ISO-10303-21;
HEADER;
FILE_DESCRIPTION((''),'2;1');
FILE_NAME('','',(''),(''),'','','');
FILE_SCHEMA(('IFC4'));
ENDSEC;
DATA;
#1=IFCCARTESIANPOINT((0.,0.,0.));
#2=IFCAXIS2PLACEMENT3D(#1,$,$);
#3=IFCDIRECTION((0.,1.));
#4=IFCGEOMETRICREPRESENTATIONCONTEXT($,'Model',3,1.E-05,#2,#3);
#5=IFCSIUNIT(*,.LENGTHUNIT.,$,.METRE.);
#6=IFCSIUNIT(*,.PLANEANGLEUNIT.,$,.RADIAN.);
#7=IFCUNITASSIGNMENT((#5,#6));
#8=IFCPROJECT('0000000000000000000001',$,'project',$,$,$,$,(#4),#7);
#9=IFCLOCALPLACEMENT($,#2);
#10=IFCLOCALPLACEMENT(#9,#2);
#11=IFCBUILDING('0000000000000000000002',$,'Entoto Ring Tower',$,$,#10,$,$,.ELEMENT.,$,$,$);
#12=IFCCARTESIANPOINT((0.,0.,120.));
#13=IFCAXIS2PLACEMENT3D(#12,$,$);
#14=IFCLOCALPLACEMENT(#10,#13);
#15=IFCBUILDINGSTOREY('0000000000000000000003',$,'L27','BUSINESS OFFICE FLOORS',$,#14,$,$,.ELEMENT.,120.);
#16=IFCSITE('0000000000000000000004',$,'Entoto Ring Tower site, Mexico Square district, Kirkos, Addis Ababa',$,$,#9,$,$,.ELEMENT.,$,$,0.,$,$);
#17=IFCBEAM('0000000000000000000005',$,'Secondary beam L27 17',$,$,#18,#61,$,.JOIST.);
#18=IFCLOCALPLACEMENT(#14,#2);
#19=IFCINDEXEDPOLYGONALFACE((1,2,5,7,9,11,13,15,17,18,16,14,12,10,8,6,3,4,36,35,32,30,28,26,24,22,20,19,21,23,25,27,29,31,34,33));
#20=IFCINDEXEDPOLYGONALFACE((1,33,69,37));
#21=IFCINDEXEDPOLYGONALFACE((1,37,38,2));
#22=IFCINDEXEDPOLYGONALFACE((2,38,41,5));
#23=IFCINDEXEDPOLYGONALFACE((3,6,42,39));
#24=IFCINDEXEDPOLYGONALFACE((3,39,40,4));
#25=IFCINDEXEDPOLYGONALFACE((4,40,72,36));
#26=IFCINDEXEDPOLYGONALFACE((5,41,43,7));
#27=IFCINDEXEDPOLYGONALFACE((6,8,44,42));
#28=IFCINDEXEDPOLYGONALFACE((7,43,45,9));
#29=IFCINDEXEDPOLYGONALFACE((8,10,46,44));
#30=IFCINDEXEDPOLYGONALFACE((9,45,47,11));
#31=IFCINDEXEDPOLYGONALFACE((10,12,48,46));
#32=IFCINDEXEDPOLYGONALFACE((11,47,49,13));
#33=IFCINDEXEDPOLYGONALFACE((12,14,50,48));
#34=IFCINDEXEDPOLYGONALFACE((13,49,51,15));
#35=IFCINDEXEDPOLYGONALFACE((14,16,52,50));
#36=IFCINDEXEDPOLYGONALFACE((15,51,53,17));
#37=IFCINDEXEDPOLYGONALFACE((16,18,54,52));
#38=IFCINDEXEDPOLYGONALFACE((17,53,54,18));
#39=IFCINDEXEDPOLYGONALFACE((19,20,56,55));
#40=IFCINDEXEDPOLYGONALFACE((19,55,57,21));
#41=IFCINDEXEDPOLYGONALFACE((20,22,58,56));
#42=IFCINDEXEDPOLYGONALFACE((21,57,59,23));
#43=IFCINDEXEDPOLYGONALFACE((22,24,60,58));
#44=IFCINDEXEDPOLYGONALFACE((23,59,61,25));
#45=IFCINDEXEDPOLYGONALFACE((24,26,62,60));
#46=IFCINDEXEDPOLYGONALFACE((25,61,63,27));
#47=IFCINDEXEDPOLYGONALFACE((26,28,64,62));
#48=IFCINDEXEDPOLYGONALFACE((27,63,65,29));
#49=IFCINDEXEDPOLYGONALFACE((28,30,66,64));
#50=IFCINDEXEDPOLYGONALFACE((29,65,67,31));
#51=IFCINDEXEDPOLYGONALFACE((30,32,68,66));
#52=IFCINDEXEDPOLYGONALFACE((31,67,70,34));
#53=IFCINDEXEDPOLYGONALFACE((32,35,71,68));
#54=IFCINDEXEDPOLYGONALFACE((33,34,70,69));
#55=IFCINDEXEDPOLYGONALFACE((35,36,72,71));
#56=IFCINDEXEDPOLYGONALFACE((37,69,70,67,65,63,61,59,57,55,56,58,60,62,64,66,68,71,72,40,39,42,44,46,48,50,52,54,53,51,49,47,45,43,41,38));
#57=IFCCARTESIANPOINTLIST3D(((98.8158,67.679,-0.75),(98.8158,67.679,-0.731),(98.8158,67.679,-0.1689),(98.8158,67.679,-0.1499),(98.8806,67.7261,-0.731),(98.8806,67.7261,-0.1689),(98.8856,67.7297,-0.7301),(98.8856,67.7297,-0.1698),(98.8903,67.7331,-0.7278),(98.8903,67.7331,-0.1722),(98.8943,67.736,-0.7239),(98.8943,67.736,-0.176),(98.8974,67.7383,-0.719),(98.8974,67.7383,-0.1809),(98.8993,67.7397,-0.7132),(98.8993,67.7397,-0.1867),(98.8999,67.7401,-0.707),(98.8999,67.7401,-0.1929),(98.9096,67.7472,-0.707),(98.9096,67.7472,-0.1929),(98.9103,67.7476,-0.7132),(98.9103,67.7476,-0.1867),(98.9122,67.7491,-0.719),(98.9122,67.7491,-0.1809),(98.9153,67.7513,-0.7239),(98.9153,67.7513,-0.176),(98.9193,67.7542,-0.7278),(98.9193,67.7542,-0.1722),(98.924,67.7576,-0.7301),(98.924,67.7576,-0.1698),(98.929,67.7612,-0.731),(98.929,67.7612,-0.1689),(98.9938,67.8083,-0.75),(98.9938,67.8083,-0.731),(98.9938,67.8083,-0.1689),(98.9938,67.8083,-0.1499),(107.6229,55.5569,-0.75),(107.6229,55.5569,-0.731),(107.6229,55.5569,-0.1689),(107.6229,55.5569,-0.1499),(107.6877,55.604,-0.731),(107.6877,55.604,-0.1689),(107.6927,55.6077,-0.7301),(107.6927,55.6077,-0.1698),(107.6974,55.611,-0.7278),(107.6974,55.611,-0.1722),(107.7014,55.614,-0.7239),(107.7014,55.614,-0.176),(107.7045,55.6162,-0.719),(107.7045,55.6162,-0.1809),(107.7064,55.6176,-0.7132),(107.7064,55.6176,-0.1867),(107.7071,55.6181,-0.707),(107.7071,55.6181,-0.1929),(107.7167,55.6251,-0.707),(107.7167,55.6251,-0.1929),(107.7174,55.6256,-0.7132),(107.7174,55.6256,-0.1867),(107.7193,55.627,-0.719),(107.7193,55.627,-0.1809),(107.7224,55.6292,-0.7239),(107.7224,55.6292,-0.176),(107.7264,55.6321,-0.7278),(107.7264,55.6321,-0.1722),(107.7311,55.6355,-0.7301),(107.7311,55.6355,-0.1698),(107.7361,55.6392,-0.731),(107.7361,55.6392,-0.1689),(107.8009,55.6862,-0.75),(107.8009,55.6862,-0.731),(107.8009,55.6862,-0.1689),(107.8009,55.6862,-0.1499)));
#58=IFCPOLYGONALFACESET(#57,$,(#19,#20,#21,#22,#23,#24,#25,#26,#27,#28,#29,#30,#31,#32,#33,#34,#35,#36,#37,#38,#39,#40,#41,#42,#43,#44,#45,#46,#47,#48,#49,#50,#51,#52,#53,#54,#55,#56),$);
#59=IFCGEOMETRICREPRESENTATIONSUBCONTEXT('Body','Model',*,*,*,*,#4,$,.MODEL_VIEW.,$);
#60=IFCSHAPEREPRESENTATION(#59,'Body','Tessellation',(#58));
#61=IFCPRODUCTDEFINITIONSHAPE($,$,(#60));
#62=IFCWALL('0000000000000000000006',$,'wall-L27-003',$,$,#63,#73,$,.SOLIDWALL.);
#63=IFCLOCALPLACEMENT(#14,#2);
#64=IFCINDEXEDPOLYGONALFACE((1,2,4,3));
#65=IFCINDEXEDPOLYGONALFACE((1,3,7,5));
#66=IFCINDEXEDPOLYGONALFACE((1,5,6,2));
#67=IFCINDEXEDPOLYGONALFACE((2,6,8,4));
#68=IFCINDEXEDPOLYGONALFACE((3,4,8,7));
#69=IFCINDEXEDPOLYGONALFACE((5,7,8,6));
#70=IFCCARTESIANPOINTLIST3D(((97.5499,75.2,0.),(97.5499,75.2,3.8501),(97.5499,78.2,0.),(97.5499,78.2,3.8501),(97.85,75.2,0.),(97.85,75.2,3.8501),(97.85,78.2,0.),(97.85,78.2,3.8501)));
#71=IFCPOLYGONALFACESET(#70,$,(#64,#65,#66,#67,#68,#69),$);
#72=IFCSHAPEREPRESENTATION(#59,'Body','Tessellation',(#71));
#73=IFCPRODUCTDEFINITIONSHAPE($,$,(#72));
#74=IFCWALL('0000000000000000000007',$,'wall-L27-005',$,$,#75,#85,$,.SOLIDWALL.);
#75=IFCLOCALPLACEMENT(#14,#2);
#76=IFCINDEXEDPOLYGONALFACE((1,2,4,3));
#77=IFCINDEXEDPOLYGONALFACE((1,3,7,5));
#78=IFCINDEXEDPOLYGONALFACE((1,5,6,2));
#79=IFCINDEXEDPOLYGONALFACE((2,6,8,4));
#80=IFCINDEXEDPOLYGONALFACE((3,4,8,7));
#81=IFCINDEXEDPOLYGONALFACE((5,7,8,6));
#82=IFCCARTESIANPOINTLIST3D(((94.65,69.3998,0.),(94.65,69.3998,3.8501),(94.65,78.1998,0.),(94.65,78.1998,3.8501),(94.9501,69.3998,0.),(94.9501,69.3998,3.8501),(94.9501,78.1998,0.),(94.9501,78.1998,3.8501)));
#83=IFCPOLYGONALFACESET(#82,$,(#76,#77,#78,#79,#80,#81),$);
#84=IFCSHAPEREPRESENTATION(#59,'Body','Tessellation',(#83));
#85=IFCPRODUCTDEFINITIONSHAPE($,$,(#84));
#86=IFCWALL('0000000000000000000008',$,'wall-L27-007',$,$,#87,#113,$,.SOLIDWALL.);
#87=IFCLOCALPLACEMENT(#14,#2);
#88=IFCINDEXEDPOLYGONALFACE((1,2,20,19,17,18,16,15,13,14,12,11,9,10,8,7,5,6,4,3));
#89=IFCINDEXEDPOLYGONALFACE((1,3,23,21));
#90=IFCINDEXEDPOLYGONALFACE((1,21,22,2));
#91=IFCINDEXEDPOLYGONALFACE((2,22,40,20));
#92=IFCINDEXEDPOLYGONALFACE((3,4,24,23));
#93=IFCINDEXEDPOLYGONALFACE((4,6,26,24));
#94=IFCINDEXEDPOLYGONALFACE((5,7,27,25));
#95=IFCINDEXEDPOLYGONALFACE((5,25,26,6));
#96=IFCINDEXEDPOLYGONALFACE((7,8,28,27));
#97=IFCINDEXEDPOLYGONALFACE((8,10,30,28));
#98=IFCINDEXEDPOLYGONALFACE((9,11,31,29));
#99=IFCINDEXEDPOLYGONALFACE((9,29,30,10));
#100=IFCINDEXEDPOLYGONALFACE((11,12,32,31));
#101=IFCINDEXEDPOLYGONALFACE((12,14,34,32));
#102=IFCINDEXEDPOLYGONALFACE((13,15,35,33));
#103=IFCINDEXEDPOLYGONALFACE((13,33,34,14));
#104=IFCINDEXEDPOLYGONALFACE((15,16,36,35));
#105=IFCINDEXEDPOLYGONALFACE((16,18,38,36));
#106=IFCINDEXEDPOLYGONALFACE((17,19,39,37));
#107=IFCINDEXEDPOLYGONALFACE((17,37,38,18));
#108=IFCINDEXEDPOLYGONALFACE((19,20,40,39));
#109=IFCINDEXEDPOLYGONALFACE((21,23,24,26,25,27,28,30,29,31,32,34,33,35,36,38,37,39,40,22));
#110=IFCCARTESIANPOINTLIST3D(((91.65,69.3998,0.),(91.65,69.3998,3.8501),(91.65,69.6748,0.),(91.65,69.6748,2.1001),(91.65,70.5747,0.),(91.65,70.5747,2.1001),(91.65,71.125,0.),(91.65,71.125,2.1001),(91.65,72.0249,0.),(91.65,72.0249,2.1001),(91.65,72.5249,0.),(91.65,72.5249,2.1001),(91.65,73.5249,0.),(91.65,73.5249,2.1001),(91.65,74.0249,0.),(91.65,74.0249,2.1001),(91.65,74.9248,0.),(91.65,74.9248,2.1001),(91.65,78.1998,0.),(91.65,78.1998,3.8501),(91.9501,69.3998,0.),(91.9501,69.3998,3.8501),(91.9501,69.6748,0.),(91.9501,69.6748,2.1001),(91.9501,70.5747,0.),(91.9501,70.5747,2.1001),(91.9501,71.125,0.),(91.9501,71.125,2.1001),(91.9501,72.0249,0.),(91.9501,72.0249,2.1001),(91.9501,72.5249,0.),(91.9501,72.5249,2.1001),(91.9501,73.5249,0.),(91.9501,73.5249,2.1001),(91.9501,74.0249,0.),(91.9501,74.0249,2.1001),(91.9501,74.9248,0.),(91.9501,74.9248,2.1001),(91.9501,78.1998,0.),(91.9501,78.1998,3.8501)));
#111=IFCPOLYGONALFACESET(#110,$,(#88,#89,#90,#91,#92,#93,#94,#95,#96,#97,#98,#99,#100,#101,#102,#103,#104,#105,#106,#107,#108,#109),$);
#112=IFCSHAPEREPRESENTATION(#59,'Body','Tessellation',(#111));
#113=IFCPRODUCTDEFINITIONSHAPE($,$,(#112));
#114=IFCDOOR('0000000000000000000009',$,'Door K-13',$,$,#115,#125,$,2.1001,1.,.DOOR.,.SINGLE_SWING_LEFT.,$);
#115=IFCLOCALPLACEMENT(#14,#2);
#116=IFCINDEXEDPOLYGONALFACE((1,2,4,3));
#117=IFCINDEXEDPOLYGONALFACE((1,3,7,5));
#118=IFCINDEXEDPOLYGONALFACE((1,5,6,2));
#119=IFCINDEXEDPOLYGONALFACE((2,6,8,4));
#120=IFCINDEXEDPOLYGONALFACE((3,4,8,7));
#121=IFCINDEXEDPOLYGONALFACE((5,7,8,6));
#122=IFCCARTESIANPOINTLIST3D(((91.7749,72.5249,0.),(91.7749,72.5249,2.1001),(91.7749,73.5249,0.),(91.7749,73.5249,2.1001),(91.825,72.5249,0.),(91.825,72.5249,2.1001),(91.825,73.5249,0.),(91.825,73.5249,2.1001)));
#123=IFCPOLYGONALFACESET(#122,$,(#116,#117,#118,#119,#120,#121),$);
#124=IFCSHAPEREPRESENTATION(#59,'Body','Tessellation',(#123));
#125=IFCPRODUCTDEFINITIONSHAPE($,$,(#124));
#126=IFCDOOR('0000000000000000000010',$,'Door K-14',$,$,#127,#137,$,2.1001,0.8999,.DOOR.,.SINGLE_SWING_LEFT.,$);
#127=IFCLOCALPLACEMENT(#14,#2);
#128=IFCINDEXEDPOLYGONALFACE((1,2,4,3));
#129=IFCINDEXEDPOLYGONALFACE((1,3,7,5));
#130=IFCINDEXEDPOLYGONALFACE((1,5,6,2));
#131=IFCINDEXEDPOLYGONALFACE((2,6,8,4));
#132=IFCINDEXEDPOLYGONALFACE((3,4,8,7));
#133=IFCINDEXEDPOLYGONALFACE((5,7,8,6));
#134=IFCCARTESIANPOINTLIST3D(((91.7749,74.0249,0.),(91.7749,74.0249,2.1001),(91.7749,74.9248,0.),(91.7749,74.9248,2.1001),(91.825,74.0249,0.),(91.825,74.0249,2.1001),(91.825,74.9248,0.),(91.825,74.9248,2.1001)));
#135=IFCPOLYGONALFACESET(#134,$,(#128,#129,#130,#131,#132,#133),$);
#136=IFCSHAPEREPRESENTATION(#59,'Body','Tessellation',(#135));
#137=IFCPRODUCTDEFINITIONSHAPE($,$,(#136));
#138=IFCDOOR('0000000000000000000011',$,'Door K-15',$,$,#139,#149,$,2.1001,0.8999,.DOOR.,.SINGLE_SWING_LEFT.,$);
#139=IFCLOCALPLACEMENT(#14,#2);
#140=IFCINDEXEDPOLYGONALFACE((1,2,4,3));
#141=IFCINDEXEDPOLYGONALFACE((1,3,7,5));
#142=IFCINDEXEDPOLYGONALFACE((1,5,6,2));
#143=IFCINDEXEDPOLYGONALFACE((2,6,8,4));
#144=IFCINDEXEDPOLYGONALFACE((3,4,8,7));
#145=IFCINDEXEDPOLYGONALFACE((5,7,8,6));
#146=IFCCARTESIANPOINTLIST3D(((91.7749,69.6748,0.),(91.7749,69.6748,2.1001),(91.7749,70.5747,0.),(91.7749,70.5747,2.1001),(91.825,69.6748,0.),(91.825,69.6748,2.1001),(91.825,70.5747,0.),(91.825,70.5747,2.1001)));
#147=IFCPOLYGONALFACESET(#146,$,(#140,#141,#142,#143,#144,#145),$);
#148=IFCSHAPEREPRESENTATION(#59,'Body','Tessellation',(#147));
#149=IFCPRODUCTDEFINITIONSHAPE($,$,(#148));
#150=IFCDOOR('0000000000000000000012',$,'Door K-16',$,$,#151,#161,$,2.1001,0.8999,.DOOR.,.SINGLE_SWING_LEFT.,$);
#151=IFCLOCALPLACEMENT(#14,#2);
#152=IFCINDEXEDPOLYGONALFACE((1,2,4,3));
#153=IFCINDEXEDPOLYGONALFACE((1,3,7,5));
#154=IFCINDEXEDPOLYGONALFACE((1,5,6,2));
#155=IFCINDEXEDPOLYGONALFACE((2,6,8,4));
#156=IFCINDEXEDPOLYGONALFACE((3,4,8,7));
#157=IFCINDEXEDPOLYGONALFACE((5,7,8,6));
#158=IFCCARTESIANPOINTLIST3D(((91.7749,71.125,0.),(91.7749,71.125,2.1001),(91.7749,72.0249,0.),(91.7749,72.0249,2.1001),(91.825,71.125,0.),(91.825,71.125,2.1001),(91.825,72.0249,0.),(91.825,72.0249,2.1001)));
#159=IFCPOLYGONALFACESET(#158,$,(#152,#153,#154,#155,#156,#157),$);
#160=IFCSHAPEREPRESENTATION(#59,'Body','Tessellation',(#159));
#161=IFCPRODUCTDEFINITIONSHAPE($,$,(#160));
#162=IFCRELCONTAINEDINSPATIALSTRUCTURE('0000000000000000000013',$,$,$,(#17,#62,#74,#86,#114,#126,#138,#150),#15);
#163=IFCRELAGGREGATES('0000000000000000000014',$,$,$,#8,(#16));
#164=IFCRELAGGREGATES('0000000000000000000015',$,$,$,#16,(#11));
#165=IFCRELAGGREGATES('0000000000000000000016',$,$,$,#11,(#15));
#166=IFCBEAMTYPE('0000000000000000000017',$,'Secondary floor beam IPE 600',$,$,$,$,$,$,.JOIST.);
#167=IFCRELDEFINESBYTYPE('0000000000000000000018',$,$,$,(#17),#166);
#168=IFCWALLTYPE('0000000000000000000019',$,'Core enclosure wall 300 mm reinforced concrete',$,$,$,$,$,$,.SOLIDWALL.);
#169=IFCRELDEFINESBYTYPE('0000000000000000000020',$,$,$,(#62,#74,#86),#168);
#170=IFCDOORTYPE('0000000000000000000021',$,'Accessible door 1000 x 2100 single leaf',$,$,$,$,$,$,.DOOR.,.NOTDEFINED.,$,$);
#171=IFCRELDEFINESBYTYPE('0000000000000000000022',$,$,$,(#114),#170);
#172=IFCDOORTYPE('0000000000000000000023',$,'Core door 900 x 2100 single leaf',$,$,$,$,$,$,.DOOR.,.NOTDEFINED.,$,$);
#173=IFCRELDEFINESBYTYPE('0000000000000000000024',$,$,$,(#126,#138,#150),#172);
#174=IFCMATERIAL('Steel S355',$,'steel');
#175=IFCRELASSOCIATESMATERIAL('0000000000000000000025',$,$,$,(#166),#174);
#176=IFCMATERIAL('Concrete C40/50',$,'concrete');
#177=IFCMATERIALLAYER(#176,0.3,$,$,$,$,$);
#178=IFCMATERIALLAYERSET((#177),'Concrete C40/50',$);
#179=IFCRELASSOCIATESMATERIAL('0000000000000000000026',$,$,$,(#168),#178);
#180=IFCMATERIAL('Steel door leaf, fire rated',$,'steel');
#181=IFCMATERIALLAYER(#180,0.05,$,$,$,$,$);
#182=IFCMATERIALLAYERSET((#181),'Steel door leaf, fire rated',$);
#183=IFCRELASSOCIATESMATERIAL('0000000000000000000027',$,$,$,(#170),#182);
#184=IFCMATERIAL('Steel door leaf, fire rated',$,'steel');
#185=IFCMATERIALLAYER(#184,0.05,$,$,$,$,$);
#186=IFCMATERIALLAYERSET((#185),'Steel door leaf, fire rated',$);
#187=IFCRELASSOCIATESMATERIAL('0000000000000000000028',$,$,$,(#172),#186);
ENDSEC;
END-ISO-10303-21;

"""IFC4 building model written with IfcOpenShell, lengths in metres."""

from ifc_helpers import new_model, si_unit, direction, frame, frame_2d, origin, origin_2d, place, context, subcontext, project, spatial, rectangle, i_section, extrude, material, layer, layer_set, material_profile, profile_set, type_object, element, fill, save


model = new_model("IFC4")

# Units and contexts
model_context = context("Model", 3, precision=1e-05, world=origin(), true_north=direction((0.0, 1.0)))
body_context = subcontext(model_context, "Body", "Model", "MODEL_VIEW")
ifc_project = project(units=[si_unit("LENGTHUNIT", "METRE"), si_unit("PLANEANGLEUNIT", "RADIAN")], contexts=[model_context])

# Site, building, storey
site_placement = place(None, origin())
site = spatial("IfcSite", under=ifc_project, at=site_placement, Name="Entoto Ring Tower site, Mexico Square district, Kirkos, Addis Ababa", CompositionType="ELEMENT", RefElevation=0.0)
building_placement = place(site_placement, origin())
building = spatial("IfcBuilding", under=site, at=building_placement, Name="Entoto Ring Tower", CompositionType="ELEMENT")
storey_placement = place(building_placement, frame((0.0, 0.0, 120.0)))
storey = spatial("IfcBuildingStorey", under=building, at=storey_placement, Name="L27", Description="BUSINESS OFFICE FLOORS", CompositionType="ELEMENT", Elevation=120.0)

# Beam
ifc_material_1 = material(Name="Steel S355", Category="steel")
ifc_material_profile = material_profile(ifc_material_1, i_section(OverallWidth=0.22, OverallDepth=0.6001, WebThickness=0.012, FlangeThickness=0.019, FilletRadius=0.0239, at=origin_2d()), Name="IPE 600")
ifc_profile_set = profile_set([ifc_material_profile], Name="Steel S355")
beam_type = type_object("IfcBeamType", Name="Secondary floor beam IPE 600", PredefinedType="JOIST", material=ifc_profile_set)
beam_placement = place(storey_placement, frame((98.9048, 67.7437, -0.45), z_axis=(0.587782, -0.809019, 0.0), x_axis=(0.809019, 0.587782, 0.0)))
element("IfcBeam", 1, at=beam_placement, inside=storey, type_object=beam_type, Name="Secondary beam L27 17", PredefinedType="JOIST", context=body_context, shape_type="SweptSolid", body=[
    extrude(i_section(OverallWidth=0.22, OverallDepth=0.6001, WebThickness=0.012, FlangeThickness=0.019, FilletRadius=0.0239, at=origin_2d()), origin(), (0.0, 0.0, 1.0), 14.9836),
])

# Walls
ifc_material_2 = material(Name="Concrete C40/50", Category="concrete")
ifc_layer_1 = layer(ifc_material_2, 0.3)
ifc_layer_set_1 = layer_set([ifc_layer_1], Name="Concrete C40/50")
wall_type = type_object("IfcWallType", Name="Core enclosure wall 300 mm reinforced concrete", PredefinedType="SOLIDWALL", material=ifc_layer_set_1)
wall_1_placement = place(storey_placement, frame((97.7, 75.2, 0.0), z_axis=(0.0, 0.0, 1.0), x_axis=(0.0, 1.0, 0.0)))
element("IfcWall", 2, at=wall_1_placement, inside=storey, type_object=wall_type, Name="wall-L27-003", PredefinedType="SOLIDWALL", context=body_context, shape_type="SweptSolid", body=[
    extrude(rectangle(XDim=3.0, YDim=0.3, at=frame_2d((1.5, 0.0))), origin(), (0.0, 0.0, 1.0), 3.8501),
])
wall_2_placement = place(storey_placement, frame((94.8, 69.3999, 0.0), z_axis=(0.0, 0.0, 1.0), x_axis=(0.0, 1.0, 0.0)))
element("IfcWall", 3, at=wall_2_placement, inside=storey, type_object=wall_type, Name="wall-L27-005", PredefinedType="SOLIDWALL", context=body_context, shape_type="SweptSolid", body=[
    extrude(rectangle(XDim=8.8, YDim=0.3, at=frame_2d((4.3999, 0.0))), origin(), (0.0, 0.0, 1.0), 3.8501),
])

# Wall, openings, doors
wall_3_placement = place(storey_placement, frame((91.8, 69.3999, 0.0), z_axis=(0.0, 0.0, 1.0), x_axis=(0.0, 1.0, 0.0)))
wall_3 = element("IfcWall", 4, at=wall_3_placement, inside=storey, type_object=wall_type, Name="wall-L27-007", PredefinedType="SOLIDWALL", context=body_context, shape_type="SweptSolid", body=[
    extrude(rectangle(XDim=8.8, YDim=0.3, at=frame_2d((4.3999, 0.0))), origin(), (0.0, 0.0, 1.0), 3.8501),
])
opening_1_placement = place(wall_3_placement, frame((3.125, 0.0, 0.0)))
opening_1 = element("IfcOpeningElement", 5, at=opening_1_placement, cuts=wall_3, PredefinedType="OPENING", context=body_context, shape_type="SweptSolid", body=[
    extrude(rectangle(XDim=1.0, YDim=2.1001, at=frame_2d((0.5, 1.05))), frame((0.0, 0.1602, 0.0), z_axis=(0.0, -1.0, 0.0), x_axis=(1.0, 0.0, 0.0)), (0.0, 0.0, 1.0), 0.3201),
])
opening_2_placement = place(wall_3_placement, frame((4.625, 0.0, 0.0)))
opening_2 = element("IfcOpeningElement", 6, at=opening_2_placement, cuts=wall_3, PredefinedType="OPENING", context=body_context, shape_type="SweptSolid", body=[
    extrude(rectangle(XDim=0.8999, YDim=2.1001, at=frame_2d((0.45, 1.05))), frame((0.0, 0.1602, 0.0), z_axis=(0.0, -1.0, 0.0), x_axis=(1.0, 0.0, 0.0)), (0.0, 0.0, 1.0), 0.3201),
])
opening_3_placement = place(wall_3_placement, frame((0.2749, 0.0, 0.0)))
opening_3 = element("IfcOpeningElement", 7, at=opening_3_placement, cuts=wall_3, PredefinedType="OPENING", context=body_context, shape_type="SweptSolid", body=[
    extrude(rectangle(XDim=0.8999, YDim=2.1001, at=frame_2d((0.45, 1.05))), frame((0.0, 0.1602, 0.0), z_axis=(0.0, -1.0, 0.0), x_axis=(1.0, 0.0, 0.0)), (0.0, 0.0, 1.0), 0.3201),
])
opening_4_placement = place(wall_3_placement, frame((1.7251, 0.0, 0.0)))
opening_4 = element("IfcOpeningElement", 8, at=opening_4_placement, cuts=wall_3, PredefinedType="OPENING", context=body_context, shape_type="SweptSolid", body=[
    extrude(rectangle(XDim=0.8999, YDim=2.1001, at=frame_2d((0.45, 1.05))), frame((0.0, 0.1602, 0.0), z_axis=(0.0, -1.0, 0.0), x_axis=(1.0, 0.0, 0.0)), (0.0, 0.0, 1.0), 0.3201),
])
ifc_material_3 = material(Name="Steel door leaf, fire rated", Category="steel")
ifc_layer_2 = layer(ifc_material_3, 0.05)
ifc_layer_set_2 = layer_set([ifc_layer_2], Name="Steel door leaf, fire rated")
door_type_1 = type_object("IfcDoorType", Name="Accessible door 1000 x 2100 single leaf", OperationType="NOTDEFINED", PredefinedType="DOOR", material=ifc_layer_set_2)
door_1_placement = place(opening_1_placement, frame((1.0, 0.0, 0.0), z_axis=(0.0, 0.0, 1.0), x_axis=(-1.0, 0.0, 0.0)))
door_1 = element("IfcDoor", 9, at=door_1_placement, inside=storey, type_object=door_type_1, Name="Door K-13", OperationType="SINGLE_SWING_LEFT", OverallHeight=2.1001, OverallWidth=1.0, PredefinedType="DOOR", context=body_context, shape_type="SweptSolid", body=[
    extrude(rectangle(XDim=1.0, YDim=2.1001, at=frame_2d((0.5, 1.05))), frame((0.0, 0.0249, 0.0), z_axis=(0.0, -1.0, 0.0), x_axis=(1.0, 0.0, 0.0)), (0.0, 0.0, 1.0), 0.05),
])
fill(opening_1, door_1)
ifc_material_4 = material(Name="Steel door leaf, fire rated", Category="steel")
ifc_layer_3 = layer(ifc_material_4, 0.05)
ifc_layer_set_3 = layer_set([ifc_layer_3], Name="Steel door leaf, fire rated")
door_type_2 = type_object("IfcDoorType", Name="Core door 900 x 2100 single leaf", OperationType="NOTDEFINED", PredefinedType="DOOR", material=ifc_layer_set_3)
door_2_placement = place(opening_2_placement, frame((0.8999, 0.0, 0.0), z_axis=(0.0, 0.0, 1.0), x_axis=(-1.0, 0.0, 0.0)))
door_2 = element("IfcDoor", 10, at=door_2_placement, inside=storey, type_object=door_type_2, Name="Door K-14", OperationType="SINGLE_SWING_LEFT", OverallHeight=2.1001, OverallWidth=0.8999, PredefinedType="DOOR", context=body_context, shape_type="SweptSolid", body=[
    extrude(rectangle(XDim=0.8999, YDim=2.1001, at=frame_2d((0.45, 1.05))), frame((0.0, 0.0249, 0.0), z_axis=(0.0, -1.0, 0.0), x_axis=(1.0, 0.0, 0.0)), (0.0, 0.0, 1.0), 0.05),
])
fill(opening_2, door_2)
door_3_placement = place(opening_3_placement, frame((0.8999, 0.0, 0.0), z_axis=(0.0, 0.0, 1.0), x_axis=(-1.0, 0.0, 0.0)))
door_3 = element("IfcDoor", 11, at=door_3_placement, inside=storey, type_object=door_type_2, Name="Door K-15", OperationType="SINGLE_SWING_LEFT", OverallHeight=2.1001, OverallWidth=0.8999, PredefinedType="DOOR", context=body_context, shape_type="SweptSolid", body=[
    extrude(rectangle(XDim=0.8999, YDim=2.1001, at=frame_2d((0.45, 1.05))), frame((0.0, 0.0249, 0.0), z_axis=(0.0, -1.0, 0.0), x_axis=(1.0, 0.0, 0.0)), (0.0, 0.0, 1.0), 0.05),
])
fill(opening_3, door_3)
door_4_placement = place(opening_4_placement, frame((0.8999, 0.0, 0.0), z_axis=(0.0, 0.0, 1.0), x_axis=(-1.0, 0.0, 0.0)))
door_4 = element("IfcDoor", 12, at=door_4_placement, inside=storey, type_object=door_type_2, Name="Door K-16", OperationType="SINGLE_SWING_LEFT", OverallHeight=2.1001, OverallWidth=0.8999, PredefinedType="DOOR", context=body_context, shape_type="SweptSolid", body=[
    extrude(rectangle(XDim=0.8999, YDim=2.1001, at=frame_2d((0.45, 1.05))), frame((0.0, 0.0249, 0.0), z_axis=(0.0, -1.0, 0.0), x_axis=(1.0, 0.0, 0.0)), (0.0, 0.0, 1.0), 0.05),
])
fill(opening_4, door_4)

save(model, "model.ifc")
